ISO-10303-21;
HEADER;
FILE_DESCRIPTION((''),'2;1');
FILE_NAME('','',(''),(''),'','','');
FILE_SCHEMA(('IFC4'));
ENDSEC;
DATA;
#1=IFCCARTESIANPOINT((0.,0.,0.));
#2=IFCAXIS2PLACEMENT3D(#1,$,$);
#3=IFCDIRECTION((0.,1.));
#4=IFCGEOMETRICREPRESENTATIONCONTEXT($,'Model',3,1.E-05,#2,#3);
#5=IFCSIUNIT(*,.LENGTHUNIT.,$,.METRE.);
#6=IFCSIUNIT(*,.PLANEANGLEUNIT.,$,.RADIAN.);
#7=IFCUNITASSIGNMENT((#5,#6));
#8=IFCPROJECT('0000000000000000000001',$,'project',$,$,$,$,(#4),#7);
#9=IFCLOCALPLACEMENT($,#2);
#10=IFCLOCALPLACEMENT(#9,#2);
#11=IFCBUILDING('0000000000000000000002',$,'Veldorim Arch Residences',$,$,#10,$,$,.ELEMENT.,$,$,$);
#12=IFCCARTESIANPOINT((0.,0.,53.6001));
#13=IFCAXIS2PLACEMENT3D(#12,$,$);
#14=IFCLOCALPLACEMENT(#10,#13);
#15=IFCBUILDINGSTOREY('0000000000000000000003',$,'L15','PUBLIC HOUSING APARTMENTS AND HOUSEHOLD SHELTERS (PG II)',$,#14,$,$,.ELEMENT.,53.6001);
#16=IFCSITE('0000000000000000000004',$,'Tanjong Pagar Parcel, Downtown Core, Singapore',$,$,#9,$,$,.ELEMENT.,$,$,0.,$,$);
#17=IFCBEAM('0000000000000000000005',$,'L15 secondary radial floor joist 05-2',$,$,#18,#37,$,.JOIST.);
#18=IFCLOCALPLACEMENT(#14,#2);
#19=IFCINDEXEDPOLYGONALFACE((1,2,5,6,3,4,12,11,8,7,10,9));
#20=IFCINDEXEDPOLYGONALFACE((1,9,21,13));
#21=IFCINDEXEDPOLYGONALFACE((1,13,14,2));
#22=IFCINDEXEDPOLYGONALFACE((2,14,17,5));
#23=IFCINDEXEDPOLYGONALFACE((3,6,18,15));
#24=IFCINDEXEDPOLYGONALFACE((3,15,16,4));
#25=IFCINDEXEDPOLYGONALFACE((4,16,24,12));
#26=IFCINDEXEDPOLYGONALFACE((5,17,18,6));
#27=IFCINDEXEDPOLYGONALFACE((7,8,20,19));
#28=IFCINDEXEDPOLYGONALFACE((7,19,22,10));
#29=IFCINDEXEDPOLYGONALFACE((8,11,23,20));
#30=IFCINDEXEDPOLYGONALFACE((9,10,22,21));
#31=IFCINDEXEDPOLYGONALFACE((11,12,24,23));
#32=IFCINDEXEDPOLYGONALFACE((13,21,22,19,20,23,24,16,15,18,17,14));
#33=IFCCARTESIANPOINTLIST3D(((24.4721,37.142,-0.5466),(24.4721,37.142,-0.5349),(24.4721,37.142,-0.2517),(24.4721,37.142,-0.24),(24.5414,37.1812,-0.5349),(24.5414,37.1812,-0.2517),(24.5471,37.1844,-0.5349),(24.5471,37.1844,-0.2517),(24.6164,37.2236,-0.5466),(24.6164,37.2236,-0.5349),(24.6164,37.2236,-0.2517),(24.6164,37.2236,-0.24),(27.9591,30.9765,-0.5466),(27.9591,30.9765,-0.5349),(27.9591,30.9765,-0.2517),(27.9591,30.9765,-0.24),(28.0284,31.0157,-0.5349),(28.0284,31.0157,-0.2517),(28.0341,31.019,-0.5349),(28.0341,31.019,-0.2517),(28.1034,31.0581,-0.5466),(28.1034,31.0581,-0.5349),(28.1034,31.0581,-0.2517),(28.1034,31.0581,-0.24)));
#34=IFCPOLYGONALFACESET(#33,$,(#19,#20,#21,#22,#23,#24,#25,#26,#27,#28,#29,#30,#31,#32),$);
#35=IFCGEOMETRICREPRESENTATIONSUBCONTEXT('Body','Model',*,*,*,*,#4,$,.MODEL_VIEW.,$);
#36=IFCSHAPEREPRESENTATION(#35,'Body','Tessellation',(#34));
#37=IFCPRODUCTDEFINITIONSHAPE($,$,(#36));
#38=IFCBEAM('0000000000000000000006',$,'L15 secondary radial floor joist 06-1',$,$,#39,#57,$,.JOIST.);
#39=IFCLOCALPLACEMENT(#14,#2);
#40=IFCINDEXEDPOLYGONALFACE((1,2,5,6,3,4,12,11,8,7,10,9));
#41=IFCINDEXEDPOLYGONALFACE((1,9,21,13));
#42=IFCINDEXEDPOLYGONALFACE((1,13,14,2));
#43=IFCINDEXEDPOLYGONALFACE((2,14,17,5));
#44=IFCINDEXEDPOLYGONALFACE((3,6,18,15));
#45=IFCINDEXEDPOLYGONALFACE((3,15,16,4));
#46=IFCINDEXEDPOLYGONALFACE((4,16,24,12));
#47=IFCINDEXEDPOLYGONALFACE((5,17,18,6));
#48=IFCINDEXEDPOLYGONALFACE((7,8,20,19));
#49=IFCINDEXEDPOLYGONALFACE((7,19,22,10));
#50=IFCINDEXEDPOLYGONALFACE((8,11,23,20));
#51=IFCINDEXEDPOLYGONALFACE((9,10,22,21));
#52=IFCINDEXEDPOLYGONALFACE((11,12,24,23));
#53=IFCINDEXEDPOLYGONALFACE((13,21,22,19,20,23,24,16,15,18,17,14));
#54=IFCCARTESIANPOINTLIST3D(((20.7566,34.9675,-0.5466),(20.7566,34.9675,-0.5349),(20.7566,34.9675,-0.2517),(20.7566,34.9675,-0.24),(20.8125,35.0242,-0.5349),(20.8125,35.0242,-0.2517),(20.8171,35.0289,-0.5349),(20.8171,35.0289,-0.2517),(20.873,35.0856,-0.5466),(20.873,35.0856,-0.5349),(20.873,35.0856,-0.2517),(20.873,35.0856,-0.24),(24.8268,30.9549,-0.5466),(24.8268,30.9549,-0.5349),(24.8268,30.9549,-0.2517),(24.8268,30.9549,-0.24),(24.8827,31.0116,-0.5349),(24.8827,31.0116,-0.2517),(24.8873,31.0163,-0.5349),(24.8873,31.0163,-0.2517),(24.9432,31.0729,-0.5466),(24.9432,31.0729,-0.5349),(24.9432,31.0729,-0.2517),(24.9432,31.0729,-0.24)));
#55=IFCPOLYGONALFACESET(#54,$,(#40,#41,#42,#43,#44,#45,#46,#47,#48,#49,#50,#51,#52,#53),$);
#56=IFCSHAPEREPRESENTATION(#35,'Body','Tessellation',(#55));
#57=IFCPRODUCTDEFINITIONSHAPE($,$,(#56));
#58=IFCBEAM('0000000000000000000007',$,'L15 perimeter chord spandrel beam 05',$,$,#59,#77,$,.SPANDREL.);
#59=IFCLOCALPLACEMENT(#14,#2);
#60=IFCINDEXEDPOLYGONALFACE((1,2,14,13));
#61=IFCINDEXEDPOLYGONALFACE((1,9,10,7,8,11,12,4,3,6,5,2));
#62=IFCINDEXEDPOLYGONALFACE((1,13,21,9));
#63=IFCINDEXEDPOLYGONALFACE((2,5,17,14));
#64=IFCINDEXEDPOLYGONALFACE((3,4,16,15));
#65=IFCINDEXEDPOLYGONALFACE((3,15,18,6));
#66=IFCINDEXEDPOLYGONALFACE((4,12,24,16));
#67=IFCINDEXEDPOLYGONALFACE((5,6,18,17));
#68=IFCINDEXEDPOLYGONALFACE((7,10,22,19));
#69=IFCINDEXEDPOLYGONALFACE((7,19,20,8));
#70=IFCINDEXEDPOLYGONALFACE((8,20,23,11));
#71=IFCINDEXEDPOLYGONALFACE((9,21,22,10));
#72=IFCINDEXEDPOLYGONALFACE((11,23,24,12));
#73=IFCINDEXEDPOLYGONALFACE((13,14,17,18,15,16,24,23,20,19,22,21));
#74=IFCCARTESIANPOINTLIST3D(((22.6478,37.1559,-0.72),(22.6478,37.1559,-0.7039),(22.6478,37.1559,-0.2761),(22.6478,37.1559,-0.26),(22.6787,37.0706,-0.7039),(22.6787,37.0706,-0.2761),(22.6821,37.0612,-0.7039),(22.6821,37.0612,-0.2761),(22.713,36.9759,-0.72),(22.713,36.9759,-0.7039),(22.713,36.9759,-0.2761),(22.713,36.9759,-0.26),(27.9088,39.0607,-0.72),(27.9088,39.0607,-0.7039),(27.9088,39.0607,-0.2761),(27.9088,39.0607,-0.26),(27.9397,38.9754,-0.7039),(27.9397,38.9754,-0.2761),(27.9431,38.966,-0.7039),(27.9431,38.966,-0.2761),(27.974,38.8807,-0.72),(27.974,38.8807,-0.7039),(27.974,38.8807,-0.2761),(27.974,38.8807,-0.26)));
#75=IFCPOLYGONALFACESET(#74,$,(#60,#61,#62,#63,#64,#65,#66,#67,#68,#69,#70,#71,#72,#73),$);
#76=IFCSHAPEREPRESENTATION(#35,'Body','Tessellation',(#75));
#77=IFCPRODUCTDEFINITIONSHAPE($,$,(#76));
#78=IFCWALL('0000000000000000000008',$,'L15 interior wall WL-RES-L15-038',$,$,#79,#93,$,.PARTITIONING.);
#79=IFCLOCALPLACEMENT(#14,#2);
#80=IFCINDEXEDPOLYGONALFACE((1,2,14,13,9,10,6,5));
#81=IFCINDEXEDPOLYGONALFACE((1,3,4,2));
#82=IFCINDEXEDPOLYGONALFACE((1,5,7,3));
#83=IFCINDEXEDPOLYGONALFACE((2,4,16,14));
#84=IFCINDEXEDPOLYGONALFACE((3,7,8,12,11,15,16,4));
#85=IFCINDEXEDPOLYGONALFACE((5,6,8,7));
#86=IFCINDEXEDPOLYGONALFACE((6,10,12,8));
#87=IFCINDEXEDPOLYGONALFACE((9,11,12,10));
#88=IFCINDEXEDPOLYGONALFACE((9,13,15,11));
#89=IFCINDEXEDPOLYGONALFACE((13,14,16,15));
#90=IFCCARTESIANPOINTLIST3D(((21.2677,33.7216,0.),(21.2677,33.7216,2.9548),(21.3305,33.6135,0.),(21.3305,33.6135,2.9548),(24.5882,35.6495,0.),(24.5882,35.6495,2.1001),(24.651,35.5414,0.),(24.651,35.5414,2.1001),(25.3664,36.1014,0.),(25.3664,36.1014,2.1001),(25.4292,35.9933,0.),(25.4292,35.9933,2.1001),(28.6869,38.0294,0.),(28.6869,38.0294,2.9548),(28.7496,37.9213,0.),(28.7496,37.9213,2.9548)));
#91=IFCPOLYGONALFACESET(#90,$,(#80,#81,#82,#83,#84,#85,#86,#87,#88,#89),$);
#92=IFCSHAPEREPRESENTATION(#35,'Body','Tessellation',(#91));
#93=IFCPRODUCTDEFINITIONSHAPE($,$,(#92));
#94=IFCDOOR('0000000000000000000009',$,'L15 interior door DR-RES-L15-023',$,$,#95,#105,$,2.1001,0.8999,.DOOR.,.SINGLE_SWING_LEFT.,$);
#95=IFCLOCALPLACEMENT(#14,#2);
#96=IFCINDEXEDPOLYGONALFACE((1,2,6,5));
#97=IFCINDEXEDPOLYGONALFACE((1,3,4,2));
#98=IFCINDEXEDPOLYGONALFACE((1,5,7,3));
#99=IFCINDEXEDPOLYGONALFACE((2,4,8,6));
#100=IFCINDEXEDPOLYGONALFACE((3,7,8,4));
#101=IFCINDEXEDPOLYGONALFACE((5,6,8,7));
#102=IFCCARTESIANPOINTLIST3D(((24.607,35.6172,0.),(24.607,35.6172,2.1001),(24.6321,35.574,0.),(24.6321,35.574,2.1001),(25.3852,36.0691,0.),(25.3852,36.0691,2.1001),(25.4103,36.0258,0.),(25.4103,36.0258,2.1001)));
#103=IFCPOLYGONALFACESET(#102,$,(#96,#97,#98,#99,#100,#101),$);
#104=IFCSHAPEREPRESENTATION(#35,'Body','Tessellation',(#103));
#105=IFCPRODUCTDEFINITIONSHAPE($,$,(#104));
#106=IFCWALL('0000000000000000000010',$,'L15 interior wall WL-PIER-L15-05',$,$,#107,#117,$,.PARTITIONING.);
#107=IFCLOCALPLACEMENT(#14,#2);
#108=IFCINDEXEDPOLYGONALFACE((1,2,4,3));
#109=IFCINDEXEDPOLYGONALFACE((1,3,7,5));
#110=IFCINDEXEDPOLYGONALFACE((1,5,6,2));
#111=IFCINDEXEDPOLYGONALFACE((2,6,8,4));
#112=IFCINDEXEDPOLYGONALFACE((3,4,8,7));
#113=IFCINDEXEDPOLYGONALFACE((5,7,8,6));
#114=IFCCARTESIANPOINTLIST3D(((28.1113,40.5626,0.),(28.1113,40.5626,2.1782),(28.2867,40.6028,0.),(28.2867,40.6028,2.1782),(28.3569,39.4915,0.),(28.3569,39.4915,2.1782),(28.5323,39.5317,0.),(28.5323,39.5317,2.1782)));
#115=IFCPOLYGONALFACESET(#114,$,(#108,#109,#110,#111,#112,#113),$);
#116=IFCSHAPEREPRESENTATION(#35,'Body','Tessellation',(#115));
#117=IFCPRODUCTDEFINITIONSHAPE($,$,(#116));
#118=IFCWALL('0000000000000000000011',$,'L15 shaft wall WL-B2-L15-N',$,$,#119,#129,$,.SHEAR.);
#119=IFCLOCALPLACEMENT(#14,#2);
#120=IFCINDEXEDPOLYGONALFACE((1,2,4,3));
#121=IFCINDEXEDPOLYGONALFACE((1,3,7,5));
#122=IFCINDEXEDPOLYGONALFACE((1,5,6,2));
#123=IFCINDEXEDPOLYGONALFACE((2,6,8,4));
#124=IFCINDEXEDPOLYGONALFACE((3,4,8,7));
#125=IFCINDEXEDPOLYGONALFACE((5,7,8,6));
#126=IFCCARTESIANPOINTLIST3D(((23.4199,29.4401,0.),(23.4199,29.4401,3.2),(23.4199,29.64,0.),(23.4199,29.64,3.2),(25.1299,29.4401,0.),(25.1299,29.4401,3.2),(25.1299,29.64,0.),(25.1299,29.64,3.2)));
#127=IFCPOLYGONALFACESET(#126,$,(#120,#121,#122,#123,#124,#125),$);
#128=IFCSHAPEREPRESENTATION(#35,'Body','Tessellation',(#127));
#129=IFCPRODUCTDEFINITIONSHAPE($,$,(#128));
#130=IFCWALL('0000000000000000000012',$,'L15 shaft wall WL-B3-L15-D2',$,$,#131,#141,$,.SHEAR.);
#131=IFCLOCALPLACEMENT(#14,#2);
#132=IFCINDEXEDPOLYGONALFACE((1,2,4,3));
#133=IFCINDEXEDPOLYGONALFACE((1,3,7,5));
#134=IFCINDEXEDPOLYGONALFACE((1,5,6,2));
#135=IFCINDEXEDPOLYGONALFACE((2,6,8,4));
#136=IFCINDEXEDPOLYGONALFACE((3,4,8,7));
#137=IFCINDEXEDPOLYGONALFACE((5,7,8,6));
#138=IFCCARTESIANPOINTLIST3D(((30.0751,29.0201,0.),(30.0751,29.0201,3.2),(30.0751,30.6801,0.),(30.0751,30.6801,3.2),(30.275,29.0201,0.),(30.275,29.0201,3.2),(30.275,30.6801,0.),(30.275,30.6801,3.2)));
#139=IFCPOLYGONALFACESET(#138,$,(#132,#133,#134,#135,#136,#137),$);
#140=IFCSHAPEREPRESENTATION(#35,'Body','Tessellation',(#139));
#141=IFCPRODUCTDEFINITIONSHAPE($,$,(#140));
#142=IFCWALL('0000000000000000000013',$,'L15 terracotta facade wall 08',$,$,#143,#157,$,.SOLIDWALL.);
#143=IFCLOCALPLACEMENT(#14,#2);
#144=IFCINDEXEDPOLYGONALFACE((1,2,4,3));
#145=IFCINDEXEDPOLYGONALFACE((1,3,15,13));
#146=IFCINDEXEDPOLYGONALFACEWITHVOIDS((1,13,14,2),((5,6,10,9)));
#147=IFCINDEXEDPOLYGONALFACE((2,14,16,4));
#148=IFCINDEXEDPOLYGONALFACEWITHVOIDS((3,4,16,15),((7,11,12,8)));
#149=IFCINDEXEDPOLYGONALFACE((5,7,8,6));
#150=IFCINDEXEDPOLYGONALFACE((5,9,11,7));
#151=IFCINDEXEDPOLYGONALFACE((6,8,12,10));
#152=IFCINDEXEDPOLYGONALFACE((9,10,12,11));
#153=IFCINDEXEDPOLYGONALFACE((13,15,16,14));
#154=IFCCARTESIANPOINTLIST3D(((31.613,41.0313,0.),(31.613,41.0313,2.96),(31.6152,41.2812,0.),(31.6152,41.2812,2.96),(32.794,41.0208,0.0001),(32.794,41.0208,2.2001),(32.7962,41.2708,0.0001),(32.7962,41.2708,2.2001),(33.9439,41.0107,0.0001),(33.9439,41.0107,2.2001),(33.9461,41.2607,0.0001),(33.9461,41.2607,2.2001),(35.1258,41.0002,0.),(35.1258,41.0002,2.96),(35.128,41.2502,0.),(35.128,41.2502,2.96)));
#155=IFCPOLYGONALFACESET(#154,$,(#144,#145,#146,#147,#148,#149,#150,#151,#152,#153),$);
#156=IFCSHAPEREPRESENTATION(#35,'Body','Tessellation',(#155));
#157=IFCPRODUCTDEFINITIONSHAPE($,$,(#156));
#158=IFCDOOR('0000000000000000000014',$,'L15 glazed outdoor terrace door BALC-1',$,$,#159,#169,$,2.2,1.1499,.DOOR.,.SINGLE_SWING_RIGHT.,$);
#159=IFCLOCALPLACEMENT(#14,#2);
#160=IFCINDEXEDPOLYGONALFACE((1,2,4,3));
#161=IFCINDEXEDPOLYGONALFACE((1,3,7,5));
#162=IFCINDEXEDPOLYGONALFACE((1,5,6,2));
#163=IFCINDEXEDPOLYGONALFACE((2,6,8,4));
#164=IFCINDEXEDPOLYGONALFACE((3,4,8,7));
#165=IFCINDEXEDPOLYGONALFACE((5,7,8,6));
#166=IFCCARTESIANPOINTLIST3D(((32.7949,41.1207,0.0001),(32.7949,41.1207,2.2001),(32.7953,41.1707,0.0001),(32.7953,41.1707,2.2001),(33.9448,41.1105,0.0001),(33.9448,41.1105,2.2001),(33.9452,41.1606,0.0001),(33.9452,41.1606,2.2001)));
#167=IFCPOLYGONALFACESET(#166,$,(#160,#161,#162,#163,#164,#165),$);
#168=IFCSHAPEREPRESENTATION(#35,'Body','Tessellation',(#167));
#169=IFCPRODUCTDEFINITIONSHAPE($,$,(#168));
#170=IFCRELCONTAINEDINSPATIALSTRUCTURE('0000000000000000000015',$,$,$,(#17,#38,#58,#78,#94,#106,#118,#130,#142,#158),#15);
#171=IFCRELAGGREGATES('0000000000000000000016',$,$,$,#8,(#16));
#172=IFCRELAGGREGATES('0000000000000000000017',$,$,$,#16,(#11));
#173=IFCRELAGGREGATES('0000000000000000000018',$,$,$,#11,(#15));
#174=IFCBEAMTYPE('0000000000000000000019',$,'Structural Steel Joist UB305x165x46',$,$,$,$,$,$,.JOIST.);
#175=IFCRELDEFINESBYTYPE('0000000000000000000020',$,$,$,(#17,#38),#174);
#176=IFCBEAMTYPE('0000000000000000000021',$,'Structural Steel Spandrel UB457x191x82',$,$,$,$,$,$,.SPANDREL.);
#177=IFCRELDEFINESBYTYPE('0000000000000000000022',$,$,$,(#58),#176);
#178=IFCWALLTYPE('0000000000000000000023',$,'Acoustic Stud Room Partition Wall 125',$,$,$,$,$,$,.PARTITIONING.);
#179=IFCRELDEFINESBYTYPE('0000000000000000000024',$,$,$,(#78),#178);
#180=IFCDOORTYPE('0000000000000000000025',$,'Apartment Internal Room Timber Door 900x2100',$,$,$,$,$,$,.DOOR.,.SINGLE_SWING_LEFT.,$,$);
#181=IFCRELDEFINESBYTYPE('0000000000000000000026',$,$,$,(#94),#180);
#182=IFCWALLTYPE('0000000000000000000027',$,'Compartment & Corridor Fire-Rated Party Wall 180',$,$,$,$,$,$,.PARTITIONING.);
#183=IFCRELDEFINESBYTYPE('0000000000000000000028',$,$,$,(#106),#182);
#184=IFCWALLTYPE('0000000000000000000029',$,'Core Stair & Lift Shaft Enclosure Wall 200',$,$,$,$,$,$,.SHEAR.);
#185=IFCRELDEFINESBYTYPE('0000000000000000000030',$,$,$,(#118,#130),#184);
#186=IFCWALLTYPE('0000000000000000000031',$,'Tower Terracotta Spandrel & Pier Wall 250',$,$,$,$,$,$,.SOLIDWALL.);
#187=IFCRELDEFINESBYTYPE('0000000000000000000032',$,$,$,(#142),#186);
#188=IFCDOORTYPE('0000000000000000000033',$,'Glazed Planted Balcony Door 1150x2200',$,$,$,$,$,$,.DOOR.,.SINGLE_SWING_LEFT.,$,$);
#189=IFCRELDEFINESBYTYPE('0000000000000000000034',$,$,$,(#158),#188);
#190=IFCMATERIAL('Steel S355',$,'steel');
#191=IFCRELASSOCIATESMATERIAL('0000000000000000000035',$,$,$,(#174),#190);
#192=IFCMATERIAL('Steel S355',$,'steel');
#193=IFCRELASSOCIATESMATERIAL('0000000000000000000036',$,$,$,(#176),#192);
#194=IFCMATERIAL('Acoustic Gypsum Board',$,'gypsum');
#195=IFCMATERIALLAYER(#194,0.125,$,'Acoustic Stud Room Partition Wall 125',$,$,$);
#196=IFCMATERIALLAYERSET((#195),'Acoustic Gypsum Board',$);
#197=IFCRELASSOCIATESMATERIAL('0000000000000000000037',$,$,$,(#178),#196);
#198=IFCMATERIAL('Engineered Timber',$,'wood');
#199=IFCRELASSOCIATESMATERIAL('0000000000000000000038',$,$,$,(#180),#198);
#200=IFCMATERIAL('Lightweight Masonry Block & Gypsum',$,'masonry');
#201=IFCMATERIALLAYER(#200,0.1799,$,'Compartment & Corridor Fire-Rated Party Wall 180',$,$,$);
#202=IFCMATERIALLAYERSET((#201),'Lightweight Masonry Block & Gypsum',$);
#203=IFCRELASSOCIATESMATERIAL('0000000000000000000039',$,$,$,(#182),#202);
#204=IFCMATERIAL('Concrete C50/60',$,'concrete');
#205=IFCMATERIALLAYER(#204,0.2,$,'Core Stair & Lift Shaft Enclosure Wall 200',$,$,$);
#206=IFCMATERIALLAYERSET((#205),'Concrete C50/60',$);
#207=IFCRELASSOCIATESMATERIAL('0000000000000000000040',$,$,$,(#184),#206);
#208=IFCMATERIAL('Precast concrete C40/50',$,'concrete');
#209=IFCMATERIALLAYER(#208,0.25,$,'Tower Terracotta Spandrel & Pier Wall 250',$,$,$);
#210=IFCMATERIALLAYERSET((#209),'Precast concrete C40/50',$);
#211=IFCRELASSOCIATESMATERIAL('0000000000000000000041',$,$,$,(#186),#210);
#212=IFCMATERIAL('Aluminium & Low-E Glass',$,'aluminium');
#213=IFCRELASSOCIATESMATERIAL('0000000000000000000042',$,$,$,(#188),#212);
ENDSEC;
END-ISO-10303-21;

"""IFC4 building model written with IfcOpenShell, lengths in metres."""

from ifc_helpers import new_model, si_unit, direction, frame, frame_2d, origin, origin_2d, place, context, subcontext, project, spatial, rectangle, i_section, extrude, material, layer, layer_set, material_profile, profile_set, type_object, element, fill, save


model = new_model("IFC4")

# Units and contexts
model_context = context("Model", 3, precision=1e-05, world=origin(), true_north=direction((0.0, 1.0)))
body_context = subcontext(model_context, "Body", "Model", "MODEL_VIEW")
ifc_project = project(units=[si_unit("LENGTHUNIT", "METRE"), si_unit("PLANEANGLEUNIT", "RADIAN")], contexts=[model_context])

# Site, building, storey
site_placement = place(None, origin())
site = spatial("IfcSite", under=ifc_project, at=site_placement, Name="Tanjong Pagar Parcel, Downtown Core, Singapore", CompositionType="ELEMENT", RefElevation=0.0)
building_placement = place(site_placement, origin())
building = spatial("IfcBuilding", under=site, at=building_placement, Name="Veldorim Arch Residences", CompositionType="ELEMENT")
storey_placement = place(building_placement, frame((0.0, 0.0, 53.6001)))
storey = spatial("IfcBuildingStorey", under=building, at=storey_placement, Name="L15", Description="PUBLIC HOUSING APARTMENTS AND HOUSEHOLD SHELTERS (PG II)", CompositionType="ELEMENT", Elevation=53.6001)

# Beams
ifc_material_1 = material(Name="Steel S355", Category="steel")
ifc_material_profile_1 = material_profile(ifc_material_1, i_section(OverallWidth=0.1658, OverallDepth=0.3066, WebThickness=0.0066, FlangeThickness=0.0117, at=origin_2d()), Name="UB305x165x46")
ifc_profile_set_1 = profile_set([ifc_material_profile_1], Name="Steel S355")
beam_type_1 = type_object("IfcBeamType", Name="Structural Steel Joist UB305x165x46", PredefinedType="JOIST", material=ifc_profile_set_1)
beam_1_placement = place(storey_placement, frame((28.0312, 31.0173, -0.3933), z_axis=(-0.492292, 0.87043, 0.0), x_axis=(-0.87043, -0.492292, 0.0)))
element("IfcBeam", 1, at=beam_1_placement, inside=storey, type_object=beam_type_1, Name="L15 secondary radial floor joist 05-2", PredefinedType="JOIST", context=body_context, shape_type="SweptSolid", body=[
    extrude(i_section(OverallWidth=0.1658, OverallDepth=0.3066, WebThickness=0.0066, FlangeThickness=0.0117, at=origin_2d()), origin(), (0.0, 0.0, 1.0), 7.0833),
])
beam_2_placement = place(storey_placement, frame((24.885, 31.0139, -0.3933), z_axis=(-0.712129, 0.702049, 0.0), x_axis=(-0.702049, -0.712129, 0.0)))
element("IfcBeam", 2, at=beam_2_placement, inside=storey, type_object=beam_type_1, Name="L15 secondary radial floor joist 06-1", PredefinedType="JOIST", context=body_context, shape_type="SweptSolid", body=[
    extrude(i_section(OverallWidth=0.1658, OverallDepth=0.3066, WebThickness=0.0066, FlangeThickness=0.0117, at=origin_2d()), origin(), (0.0, 0.0, 1.0), 5.7156),
])
ifc_material_2 = material(Name="Steel S355", Category="steel")
ifc_material_profile_2 = material_profile(ifc_material_2, i_section(OverallWidth=0.1914, OverallDepth=0.46, WebThickness=0.01, FlangeThickness=0.0161, at=origin_2d()), Name="UB457x191x82")
ifc_profile_set_2 = profile_set([ifc_material_profile_2], Name="Steel S355")
beam_type_2 = type_object("IfcBeamType", Name="Structural Steel Spandrel UB457x191x82", PredefinedType="SPANDREL", material=ifc_profile_set_2)
beam_3_placement = place(storey_placement, frame((27.9414, 38.9707, -0.49), z_axis=(-0.940269, -0.340432, 0.0), x_axis=(0.340432, -0.940269, 0.0)))
element("IfcBeam", 3, at=beam_3_placement, inside=storey, type_object=beam_type_2, Name="L15 perimeter chord spandrel beam 05", PredefinedType="SPANDREL", context=body_context, shape_type="SweptSolid", body=[
    extrude(i_section(OverallWidth=0.1914, OverallDepth=0.46, WebThickness=0.01, FlangeThickness=0.0161, at=origin_2d()), origin(), (0.0, 0.0, 1.0), 5.5952),
])

# Wall, opening, door
ifc_material_3 = material(Name="Acoustic Gypsum Board", Category="gypsum")
ifc_layer_1 = layer(ifc_material_3, 0.125, Name="Acoustic Stud Room Partition Wall 125")
ifc_layer_set_1 = layer_set([ifc_layer_1], Name="Acoustic Gypsum Board")
wall_type_1 = type_object("IfcWallType", Name="Acoustic Stud Room Partition Wall 125", PredefinedType="PARTITIONING", material=ifc_layer_set_1)
wall_1_placement = place(storey_placement, frame((28.7183, 37.9753, 0.0), z_axis=(0.0, 0.0, 1.0), x_axis=(-0.864792, -0.502131, 0.0)))
wall_1 = element("IfcWall", 4, at=wall_1_placement, inside=storey, type_object=wall_type_1, Name="L15 interior wall WL-RES-L15-038", PredefinedType="PARTITIONING", context=body_context, shape_type="SweptSolid", body=[
    extrude(rectangle(XDim=8.5791, YDim=0.125, at=frame_2d((4.2896, 0.0))), origin(), (0.0, 0.0, 1.0), 2.9548),
])
opening_1_placement = place(wall_1_placement, frame((3.8396, 0.0, 0.0)))
opening_1 = element("IfcOpeningElement", 5, at=opening_1_placement, cuts=wall_1, PredefinedType="OPENING", context=body_context, shape_type="SweptSolid", body=[
    extrude(rectangle(XDim=0.8999, YDim=2.1001, at=frame_2d((0.45, 1.05))), frame((0.0, 0.0725, 0.0), z_axis=(0.0, -1.0, 0.0), x_axis=(1.0, 0.0, 0.0)), (0.0, 0.0, 1.0), 0.145),
])
ifc_material_4 = material(Name="Engineered Timber", Category="wood")
door_type_1 = type_object("IfcDoorType", Name="Apartment Internal Room Timber Door 900x2100", OperationType="SINGLE_SWING_LEFT", PredefinedType="DOOR", material=ifc_material_4)
door_1_placement = place(opening_1_placement, origin())
door_1 = element("IfcDoor", 6, at=door_1_placement, inside=storey, type_object=door_type_1, Name="L15 interior door DR-RES-L15-023", OperationType="SINGLE_SWING_LEFT", OverallHeight=2.1001, OverallWidth=0.8999, PredefinedType="DOOR", context=body_context, shape_type="SweptSolid", body=[
    extrude(rectangle(XDim=0.8999, YDim=2.1001, at=frame_2d((0.45, 1.05))), frame((0.0, 0.0249, 0.0), z_axis=(0.0, -1.0, 0.0), x_axis=(1.0, 0.0, 0.0)), (0.0, 0.0, 1.0), 0.05),
])
fill(opening_1, door_1)

# Walls
ifc_material_5 = material(Name="Lightweight Masonry Block & Gypsum", Category="masonry")
ifc_layer_2 = layer(ifc_material_5, 0.1799, Name="Compartment & Corridor Fire-Rated Party Wall 180")
ifc_layer_set_2 = layer_set([ifc_layer_2], Name="Lightweight Masonry Block & Gypsum")
wall_type_2 = type_object("IfcWallType", Name="Compartment & Corridor Fire-Rated Party Wall 180", PredefinedType="PARTITIONING", material=ifc_layer_set_2)
wall_2_placement = place(storey_placement, frame((28.4446, 39.5117, 0.0), z_axis=(0.0, 0.0, 1.0), x_axis=(-0.223512, 0.974701, 0.0)))
element("IfcWall", 7, at=wall_2_placement, inside=storey, type_object=wall_type_2, Name="L15 interior wall WL-PIER-L15-05", PredefinedType="PARTITIONING", context=body_context, shape_type="SweptSolid", body=[
    extrude(rectangle(XDim=1.0989, YDim=0.1799, at=frame_2d((0.5493, 0.0))), origin(), (0.0, 0.0, 1.0), 2.1782),
])
ifc_material_6 = material(Name="Concrete C50/60", Category="concrete")
ifc_layer_3 = layer(ifc_material_6, 0.2, Name="Core Stair & Lift Shaft Enclosure Wall 200")
ifc_layer_set_3 = layer_set([ifc_layer_3], Name="Concrete C50/60")
wall_type_3 = type_object("IfcWallType", Name="Core Stair & Lift Shaft Enclosure Wall 200", PredefinedType="SHEAR", material=ifc_layer_set_3)
wall_3_placement = place(storey_placement, frame((23.4199, 29.54, 0.0), z_axis=(0.0, 0.0, 1.0), x_axis=(1.0, 0.0, 0.0)))
element("IfcWall", 8, at=wall_3_placement, inside=storey, type_object=wall_type_3, Name="L15 shaft wall WL-B2-L15-N", PredefinedType="SHEAR", context=body_context, shape_type="SweptSolid", body=[
    extrude(rectangle(XDim=1.71, YDim=0.2, at=frame_2d((0.855, 0.0))), origin(), (0.0, 0.0, 1.0), 3.2),
])
wall_4_placement = place(storey_placement, frame((30.175, 29.02, 0.0), z_axis=(0.0, 0.0, 1.0), x_axis=(0.0, 1.0, 0.0)))
element("IfcWall", 9, at=wall_4_placement, inside=storey, type_object=wall_type_3, Name="L15 shaft wall WL-B3-L15-D2", PredefinedType="SHEAR", context=body_context, shape_type="SweptSolid", body=[
    extrude(rectangle(XDim=1.6599, YDim=0.2, at=frame_2d((0.8301, 0.0))), origin(), (0.0, 0.0, 1.0), 3.2),
])

# Wall, opening, door
ifc_material_7 = material(Name="Precast concrete C40/50", Category="concrete")
ifc_layer_4 = layer(ifc_material_7, 0.25, Name="Tower Terracotta Spandrel & Pier Wall 250")
ifc_layer_set_4 = layer_set([ifc_layer_4], Name="Precast concrete C40/50")
wall_type_4 = type_object("IfcWallType", Name="Tower Terracotta Spandrel & Pier Wall 250", PredefinedType="SOLIDWALL", material=ifc_layer_set_4)
wall_5_placement = place(storey_placement, frame((31.6143, 41.1562, 0.0), z_axis=(0.0, 0.0, 1.0), x_axis=(0.999961, -0.008826, 0.0)))
wall_5 = element("IfcWall", 10, at=wall_5_placement, inside=storey, type_object=wall_type_4, Name="L15 terracotta facade wall 08", PredefinedType="SOLIDWALL", context=body_context, shape_type="SweptSolid", body=[
    extrude(rectangle(XDim=3.5129, YDim=0.25, at=frame_2d((1.7563, 0.0))), origin(), (0.0, 0.0, 1.0), 2.96),
])
opening_2_placement = place(wall_5_placement, frame((1.1809, 0.0, 0.0)))
opening_2 = element("IfcOpeningElement", 11, at=opening_2_placement, cuts=wall_5, PredefinedType="OPENING", context=body_context, shape_type="SweptSolid", body=[
    extrude(rectangle(XDim=1.1499, YDim=2.2, at=frame_2d((0.575, 1.1001))), frame((0.0, 0.135, 0.0), z_axis=(0.0, -1.0, 0.0), x_axis=(1.0, 0.0, 0.0)), (0.0, 0.0, 1.0), 0.27),
])
ifc_material_8 = material(Name="Aluminium & Low-E Glass", Category="aluminium")
door_type_2 = type_object("IfcDoorType", Name="Glazed Planted Balcony Door 1150x2200", OperationType="SINGLE_SWING_LEFT", PredefinedType="DOOR", material=ifc_material_8)
door_2_placement = place(opening_2_placement, origin())
door_2 = element("IfcDoor", 12, at=door_2_placement, inside=storey, type_object=door_type_2, Name="L15 glazed outdoor terrace door BALC-1", OperationType="SINGLE_SWING_RIGHT", OverallHeight=2.2, OverallWidth=1.1499, PredefinedType="DOOR", context=body_context, shape_type="SweptSolid", body=[
    extrude(rectangle(XDim=1.1499, YDim=2.2, at=frame_2d((0.575, 1.1001))), frame((0.0, 0.0249, 0.0), z_axis=(0.0, -1.0, 0.0), x_axis=(1.0, 0.0, 0.0)), (0.0, 0.0, 1.0), 0.05),
])
fill(opening_2, door_2)

save(model, "model.ifc")
